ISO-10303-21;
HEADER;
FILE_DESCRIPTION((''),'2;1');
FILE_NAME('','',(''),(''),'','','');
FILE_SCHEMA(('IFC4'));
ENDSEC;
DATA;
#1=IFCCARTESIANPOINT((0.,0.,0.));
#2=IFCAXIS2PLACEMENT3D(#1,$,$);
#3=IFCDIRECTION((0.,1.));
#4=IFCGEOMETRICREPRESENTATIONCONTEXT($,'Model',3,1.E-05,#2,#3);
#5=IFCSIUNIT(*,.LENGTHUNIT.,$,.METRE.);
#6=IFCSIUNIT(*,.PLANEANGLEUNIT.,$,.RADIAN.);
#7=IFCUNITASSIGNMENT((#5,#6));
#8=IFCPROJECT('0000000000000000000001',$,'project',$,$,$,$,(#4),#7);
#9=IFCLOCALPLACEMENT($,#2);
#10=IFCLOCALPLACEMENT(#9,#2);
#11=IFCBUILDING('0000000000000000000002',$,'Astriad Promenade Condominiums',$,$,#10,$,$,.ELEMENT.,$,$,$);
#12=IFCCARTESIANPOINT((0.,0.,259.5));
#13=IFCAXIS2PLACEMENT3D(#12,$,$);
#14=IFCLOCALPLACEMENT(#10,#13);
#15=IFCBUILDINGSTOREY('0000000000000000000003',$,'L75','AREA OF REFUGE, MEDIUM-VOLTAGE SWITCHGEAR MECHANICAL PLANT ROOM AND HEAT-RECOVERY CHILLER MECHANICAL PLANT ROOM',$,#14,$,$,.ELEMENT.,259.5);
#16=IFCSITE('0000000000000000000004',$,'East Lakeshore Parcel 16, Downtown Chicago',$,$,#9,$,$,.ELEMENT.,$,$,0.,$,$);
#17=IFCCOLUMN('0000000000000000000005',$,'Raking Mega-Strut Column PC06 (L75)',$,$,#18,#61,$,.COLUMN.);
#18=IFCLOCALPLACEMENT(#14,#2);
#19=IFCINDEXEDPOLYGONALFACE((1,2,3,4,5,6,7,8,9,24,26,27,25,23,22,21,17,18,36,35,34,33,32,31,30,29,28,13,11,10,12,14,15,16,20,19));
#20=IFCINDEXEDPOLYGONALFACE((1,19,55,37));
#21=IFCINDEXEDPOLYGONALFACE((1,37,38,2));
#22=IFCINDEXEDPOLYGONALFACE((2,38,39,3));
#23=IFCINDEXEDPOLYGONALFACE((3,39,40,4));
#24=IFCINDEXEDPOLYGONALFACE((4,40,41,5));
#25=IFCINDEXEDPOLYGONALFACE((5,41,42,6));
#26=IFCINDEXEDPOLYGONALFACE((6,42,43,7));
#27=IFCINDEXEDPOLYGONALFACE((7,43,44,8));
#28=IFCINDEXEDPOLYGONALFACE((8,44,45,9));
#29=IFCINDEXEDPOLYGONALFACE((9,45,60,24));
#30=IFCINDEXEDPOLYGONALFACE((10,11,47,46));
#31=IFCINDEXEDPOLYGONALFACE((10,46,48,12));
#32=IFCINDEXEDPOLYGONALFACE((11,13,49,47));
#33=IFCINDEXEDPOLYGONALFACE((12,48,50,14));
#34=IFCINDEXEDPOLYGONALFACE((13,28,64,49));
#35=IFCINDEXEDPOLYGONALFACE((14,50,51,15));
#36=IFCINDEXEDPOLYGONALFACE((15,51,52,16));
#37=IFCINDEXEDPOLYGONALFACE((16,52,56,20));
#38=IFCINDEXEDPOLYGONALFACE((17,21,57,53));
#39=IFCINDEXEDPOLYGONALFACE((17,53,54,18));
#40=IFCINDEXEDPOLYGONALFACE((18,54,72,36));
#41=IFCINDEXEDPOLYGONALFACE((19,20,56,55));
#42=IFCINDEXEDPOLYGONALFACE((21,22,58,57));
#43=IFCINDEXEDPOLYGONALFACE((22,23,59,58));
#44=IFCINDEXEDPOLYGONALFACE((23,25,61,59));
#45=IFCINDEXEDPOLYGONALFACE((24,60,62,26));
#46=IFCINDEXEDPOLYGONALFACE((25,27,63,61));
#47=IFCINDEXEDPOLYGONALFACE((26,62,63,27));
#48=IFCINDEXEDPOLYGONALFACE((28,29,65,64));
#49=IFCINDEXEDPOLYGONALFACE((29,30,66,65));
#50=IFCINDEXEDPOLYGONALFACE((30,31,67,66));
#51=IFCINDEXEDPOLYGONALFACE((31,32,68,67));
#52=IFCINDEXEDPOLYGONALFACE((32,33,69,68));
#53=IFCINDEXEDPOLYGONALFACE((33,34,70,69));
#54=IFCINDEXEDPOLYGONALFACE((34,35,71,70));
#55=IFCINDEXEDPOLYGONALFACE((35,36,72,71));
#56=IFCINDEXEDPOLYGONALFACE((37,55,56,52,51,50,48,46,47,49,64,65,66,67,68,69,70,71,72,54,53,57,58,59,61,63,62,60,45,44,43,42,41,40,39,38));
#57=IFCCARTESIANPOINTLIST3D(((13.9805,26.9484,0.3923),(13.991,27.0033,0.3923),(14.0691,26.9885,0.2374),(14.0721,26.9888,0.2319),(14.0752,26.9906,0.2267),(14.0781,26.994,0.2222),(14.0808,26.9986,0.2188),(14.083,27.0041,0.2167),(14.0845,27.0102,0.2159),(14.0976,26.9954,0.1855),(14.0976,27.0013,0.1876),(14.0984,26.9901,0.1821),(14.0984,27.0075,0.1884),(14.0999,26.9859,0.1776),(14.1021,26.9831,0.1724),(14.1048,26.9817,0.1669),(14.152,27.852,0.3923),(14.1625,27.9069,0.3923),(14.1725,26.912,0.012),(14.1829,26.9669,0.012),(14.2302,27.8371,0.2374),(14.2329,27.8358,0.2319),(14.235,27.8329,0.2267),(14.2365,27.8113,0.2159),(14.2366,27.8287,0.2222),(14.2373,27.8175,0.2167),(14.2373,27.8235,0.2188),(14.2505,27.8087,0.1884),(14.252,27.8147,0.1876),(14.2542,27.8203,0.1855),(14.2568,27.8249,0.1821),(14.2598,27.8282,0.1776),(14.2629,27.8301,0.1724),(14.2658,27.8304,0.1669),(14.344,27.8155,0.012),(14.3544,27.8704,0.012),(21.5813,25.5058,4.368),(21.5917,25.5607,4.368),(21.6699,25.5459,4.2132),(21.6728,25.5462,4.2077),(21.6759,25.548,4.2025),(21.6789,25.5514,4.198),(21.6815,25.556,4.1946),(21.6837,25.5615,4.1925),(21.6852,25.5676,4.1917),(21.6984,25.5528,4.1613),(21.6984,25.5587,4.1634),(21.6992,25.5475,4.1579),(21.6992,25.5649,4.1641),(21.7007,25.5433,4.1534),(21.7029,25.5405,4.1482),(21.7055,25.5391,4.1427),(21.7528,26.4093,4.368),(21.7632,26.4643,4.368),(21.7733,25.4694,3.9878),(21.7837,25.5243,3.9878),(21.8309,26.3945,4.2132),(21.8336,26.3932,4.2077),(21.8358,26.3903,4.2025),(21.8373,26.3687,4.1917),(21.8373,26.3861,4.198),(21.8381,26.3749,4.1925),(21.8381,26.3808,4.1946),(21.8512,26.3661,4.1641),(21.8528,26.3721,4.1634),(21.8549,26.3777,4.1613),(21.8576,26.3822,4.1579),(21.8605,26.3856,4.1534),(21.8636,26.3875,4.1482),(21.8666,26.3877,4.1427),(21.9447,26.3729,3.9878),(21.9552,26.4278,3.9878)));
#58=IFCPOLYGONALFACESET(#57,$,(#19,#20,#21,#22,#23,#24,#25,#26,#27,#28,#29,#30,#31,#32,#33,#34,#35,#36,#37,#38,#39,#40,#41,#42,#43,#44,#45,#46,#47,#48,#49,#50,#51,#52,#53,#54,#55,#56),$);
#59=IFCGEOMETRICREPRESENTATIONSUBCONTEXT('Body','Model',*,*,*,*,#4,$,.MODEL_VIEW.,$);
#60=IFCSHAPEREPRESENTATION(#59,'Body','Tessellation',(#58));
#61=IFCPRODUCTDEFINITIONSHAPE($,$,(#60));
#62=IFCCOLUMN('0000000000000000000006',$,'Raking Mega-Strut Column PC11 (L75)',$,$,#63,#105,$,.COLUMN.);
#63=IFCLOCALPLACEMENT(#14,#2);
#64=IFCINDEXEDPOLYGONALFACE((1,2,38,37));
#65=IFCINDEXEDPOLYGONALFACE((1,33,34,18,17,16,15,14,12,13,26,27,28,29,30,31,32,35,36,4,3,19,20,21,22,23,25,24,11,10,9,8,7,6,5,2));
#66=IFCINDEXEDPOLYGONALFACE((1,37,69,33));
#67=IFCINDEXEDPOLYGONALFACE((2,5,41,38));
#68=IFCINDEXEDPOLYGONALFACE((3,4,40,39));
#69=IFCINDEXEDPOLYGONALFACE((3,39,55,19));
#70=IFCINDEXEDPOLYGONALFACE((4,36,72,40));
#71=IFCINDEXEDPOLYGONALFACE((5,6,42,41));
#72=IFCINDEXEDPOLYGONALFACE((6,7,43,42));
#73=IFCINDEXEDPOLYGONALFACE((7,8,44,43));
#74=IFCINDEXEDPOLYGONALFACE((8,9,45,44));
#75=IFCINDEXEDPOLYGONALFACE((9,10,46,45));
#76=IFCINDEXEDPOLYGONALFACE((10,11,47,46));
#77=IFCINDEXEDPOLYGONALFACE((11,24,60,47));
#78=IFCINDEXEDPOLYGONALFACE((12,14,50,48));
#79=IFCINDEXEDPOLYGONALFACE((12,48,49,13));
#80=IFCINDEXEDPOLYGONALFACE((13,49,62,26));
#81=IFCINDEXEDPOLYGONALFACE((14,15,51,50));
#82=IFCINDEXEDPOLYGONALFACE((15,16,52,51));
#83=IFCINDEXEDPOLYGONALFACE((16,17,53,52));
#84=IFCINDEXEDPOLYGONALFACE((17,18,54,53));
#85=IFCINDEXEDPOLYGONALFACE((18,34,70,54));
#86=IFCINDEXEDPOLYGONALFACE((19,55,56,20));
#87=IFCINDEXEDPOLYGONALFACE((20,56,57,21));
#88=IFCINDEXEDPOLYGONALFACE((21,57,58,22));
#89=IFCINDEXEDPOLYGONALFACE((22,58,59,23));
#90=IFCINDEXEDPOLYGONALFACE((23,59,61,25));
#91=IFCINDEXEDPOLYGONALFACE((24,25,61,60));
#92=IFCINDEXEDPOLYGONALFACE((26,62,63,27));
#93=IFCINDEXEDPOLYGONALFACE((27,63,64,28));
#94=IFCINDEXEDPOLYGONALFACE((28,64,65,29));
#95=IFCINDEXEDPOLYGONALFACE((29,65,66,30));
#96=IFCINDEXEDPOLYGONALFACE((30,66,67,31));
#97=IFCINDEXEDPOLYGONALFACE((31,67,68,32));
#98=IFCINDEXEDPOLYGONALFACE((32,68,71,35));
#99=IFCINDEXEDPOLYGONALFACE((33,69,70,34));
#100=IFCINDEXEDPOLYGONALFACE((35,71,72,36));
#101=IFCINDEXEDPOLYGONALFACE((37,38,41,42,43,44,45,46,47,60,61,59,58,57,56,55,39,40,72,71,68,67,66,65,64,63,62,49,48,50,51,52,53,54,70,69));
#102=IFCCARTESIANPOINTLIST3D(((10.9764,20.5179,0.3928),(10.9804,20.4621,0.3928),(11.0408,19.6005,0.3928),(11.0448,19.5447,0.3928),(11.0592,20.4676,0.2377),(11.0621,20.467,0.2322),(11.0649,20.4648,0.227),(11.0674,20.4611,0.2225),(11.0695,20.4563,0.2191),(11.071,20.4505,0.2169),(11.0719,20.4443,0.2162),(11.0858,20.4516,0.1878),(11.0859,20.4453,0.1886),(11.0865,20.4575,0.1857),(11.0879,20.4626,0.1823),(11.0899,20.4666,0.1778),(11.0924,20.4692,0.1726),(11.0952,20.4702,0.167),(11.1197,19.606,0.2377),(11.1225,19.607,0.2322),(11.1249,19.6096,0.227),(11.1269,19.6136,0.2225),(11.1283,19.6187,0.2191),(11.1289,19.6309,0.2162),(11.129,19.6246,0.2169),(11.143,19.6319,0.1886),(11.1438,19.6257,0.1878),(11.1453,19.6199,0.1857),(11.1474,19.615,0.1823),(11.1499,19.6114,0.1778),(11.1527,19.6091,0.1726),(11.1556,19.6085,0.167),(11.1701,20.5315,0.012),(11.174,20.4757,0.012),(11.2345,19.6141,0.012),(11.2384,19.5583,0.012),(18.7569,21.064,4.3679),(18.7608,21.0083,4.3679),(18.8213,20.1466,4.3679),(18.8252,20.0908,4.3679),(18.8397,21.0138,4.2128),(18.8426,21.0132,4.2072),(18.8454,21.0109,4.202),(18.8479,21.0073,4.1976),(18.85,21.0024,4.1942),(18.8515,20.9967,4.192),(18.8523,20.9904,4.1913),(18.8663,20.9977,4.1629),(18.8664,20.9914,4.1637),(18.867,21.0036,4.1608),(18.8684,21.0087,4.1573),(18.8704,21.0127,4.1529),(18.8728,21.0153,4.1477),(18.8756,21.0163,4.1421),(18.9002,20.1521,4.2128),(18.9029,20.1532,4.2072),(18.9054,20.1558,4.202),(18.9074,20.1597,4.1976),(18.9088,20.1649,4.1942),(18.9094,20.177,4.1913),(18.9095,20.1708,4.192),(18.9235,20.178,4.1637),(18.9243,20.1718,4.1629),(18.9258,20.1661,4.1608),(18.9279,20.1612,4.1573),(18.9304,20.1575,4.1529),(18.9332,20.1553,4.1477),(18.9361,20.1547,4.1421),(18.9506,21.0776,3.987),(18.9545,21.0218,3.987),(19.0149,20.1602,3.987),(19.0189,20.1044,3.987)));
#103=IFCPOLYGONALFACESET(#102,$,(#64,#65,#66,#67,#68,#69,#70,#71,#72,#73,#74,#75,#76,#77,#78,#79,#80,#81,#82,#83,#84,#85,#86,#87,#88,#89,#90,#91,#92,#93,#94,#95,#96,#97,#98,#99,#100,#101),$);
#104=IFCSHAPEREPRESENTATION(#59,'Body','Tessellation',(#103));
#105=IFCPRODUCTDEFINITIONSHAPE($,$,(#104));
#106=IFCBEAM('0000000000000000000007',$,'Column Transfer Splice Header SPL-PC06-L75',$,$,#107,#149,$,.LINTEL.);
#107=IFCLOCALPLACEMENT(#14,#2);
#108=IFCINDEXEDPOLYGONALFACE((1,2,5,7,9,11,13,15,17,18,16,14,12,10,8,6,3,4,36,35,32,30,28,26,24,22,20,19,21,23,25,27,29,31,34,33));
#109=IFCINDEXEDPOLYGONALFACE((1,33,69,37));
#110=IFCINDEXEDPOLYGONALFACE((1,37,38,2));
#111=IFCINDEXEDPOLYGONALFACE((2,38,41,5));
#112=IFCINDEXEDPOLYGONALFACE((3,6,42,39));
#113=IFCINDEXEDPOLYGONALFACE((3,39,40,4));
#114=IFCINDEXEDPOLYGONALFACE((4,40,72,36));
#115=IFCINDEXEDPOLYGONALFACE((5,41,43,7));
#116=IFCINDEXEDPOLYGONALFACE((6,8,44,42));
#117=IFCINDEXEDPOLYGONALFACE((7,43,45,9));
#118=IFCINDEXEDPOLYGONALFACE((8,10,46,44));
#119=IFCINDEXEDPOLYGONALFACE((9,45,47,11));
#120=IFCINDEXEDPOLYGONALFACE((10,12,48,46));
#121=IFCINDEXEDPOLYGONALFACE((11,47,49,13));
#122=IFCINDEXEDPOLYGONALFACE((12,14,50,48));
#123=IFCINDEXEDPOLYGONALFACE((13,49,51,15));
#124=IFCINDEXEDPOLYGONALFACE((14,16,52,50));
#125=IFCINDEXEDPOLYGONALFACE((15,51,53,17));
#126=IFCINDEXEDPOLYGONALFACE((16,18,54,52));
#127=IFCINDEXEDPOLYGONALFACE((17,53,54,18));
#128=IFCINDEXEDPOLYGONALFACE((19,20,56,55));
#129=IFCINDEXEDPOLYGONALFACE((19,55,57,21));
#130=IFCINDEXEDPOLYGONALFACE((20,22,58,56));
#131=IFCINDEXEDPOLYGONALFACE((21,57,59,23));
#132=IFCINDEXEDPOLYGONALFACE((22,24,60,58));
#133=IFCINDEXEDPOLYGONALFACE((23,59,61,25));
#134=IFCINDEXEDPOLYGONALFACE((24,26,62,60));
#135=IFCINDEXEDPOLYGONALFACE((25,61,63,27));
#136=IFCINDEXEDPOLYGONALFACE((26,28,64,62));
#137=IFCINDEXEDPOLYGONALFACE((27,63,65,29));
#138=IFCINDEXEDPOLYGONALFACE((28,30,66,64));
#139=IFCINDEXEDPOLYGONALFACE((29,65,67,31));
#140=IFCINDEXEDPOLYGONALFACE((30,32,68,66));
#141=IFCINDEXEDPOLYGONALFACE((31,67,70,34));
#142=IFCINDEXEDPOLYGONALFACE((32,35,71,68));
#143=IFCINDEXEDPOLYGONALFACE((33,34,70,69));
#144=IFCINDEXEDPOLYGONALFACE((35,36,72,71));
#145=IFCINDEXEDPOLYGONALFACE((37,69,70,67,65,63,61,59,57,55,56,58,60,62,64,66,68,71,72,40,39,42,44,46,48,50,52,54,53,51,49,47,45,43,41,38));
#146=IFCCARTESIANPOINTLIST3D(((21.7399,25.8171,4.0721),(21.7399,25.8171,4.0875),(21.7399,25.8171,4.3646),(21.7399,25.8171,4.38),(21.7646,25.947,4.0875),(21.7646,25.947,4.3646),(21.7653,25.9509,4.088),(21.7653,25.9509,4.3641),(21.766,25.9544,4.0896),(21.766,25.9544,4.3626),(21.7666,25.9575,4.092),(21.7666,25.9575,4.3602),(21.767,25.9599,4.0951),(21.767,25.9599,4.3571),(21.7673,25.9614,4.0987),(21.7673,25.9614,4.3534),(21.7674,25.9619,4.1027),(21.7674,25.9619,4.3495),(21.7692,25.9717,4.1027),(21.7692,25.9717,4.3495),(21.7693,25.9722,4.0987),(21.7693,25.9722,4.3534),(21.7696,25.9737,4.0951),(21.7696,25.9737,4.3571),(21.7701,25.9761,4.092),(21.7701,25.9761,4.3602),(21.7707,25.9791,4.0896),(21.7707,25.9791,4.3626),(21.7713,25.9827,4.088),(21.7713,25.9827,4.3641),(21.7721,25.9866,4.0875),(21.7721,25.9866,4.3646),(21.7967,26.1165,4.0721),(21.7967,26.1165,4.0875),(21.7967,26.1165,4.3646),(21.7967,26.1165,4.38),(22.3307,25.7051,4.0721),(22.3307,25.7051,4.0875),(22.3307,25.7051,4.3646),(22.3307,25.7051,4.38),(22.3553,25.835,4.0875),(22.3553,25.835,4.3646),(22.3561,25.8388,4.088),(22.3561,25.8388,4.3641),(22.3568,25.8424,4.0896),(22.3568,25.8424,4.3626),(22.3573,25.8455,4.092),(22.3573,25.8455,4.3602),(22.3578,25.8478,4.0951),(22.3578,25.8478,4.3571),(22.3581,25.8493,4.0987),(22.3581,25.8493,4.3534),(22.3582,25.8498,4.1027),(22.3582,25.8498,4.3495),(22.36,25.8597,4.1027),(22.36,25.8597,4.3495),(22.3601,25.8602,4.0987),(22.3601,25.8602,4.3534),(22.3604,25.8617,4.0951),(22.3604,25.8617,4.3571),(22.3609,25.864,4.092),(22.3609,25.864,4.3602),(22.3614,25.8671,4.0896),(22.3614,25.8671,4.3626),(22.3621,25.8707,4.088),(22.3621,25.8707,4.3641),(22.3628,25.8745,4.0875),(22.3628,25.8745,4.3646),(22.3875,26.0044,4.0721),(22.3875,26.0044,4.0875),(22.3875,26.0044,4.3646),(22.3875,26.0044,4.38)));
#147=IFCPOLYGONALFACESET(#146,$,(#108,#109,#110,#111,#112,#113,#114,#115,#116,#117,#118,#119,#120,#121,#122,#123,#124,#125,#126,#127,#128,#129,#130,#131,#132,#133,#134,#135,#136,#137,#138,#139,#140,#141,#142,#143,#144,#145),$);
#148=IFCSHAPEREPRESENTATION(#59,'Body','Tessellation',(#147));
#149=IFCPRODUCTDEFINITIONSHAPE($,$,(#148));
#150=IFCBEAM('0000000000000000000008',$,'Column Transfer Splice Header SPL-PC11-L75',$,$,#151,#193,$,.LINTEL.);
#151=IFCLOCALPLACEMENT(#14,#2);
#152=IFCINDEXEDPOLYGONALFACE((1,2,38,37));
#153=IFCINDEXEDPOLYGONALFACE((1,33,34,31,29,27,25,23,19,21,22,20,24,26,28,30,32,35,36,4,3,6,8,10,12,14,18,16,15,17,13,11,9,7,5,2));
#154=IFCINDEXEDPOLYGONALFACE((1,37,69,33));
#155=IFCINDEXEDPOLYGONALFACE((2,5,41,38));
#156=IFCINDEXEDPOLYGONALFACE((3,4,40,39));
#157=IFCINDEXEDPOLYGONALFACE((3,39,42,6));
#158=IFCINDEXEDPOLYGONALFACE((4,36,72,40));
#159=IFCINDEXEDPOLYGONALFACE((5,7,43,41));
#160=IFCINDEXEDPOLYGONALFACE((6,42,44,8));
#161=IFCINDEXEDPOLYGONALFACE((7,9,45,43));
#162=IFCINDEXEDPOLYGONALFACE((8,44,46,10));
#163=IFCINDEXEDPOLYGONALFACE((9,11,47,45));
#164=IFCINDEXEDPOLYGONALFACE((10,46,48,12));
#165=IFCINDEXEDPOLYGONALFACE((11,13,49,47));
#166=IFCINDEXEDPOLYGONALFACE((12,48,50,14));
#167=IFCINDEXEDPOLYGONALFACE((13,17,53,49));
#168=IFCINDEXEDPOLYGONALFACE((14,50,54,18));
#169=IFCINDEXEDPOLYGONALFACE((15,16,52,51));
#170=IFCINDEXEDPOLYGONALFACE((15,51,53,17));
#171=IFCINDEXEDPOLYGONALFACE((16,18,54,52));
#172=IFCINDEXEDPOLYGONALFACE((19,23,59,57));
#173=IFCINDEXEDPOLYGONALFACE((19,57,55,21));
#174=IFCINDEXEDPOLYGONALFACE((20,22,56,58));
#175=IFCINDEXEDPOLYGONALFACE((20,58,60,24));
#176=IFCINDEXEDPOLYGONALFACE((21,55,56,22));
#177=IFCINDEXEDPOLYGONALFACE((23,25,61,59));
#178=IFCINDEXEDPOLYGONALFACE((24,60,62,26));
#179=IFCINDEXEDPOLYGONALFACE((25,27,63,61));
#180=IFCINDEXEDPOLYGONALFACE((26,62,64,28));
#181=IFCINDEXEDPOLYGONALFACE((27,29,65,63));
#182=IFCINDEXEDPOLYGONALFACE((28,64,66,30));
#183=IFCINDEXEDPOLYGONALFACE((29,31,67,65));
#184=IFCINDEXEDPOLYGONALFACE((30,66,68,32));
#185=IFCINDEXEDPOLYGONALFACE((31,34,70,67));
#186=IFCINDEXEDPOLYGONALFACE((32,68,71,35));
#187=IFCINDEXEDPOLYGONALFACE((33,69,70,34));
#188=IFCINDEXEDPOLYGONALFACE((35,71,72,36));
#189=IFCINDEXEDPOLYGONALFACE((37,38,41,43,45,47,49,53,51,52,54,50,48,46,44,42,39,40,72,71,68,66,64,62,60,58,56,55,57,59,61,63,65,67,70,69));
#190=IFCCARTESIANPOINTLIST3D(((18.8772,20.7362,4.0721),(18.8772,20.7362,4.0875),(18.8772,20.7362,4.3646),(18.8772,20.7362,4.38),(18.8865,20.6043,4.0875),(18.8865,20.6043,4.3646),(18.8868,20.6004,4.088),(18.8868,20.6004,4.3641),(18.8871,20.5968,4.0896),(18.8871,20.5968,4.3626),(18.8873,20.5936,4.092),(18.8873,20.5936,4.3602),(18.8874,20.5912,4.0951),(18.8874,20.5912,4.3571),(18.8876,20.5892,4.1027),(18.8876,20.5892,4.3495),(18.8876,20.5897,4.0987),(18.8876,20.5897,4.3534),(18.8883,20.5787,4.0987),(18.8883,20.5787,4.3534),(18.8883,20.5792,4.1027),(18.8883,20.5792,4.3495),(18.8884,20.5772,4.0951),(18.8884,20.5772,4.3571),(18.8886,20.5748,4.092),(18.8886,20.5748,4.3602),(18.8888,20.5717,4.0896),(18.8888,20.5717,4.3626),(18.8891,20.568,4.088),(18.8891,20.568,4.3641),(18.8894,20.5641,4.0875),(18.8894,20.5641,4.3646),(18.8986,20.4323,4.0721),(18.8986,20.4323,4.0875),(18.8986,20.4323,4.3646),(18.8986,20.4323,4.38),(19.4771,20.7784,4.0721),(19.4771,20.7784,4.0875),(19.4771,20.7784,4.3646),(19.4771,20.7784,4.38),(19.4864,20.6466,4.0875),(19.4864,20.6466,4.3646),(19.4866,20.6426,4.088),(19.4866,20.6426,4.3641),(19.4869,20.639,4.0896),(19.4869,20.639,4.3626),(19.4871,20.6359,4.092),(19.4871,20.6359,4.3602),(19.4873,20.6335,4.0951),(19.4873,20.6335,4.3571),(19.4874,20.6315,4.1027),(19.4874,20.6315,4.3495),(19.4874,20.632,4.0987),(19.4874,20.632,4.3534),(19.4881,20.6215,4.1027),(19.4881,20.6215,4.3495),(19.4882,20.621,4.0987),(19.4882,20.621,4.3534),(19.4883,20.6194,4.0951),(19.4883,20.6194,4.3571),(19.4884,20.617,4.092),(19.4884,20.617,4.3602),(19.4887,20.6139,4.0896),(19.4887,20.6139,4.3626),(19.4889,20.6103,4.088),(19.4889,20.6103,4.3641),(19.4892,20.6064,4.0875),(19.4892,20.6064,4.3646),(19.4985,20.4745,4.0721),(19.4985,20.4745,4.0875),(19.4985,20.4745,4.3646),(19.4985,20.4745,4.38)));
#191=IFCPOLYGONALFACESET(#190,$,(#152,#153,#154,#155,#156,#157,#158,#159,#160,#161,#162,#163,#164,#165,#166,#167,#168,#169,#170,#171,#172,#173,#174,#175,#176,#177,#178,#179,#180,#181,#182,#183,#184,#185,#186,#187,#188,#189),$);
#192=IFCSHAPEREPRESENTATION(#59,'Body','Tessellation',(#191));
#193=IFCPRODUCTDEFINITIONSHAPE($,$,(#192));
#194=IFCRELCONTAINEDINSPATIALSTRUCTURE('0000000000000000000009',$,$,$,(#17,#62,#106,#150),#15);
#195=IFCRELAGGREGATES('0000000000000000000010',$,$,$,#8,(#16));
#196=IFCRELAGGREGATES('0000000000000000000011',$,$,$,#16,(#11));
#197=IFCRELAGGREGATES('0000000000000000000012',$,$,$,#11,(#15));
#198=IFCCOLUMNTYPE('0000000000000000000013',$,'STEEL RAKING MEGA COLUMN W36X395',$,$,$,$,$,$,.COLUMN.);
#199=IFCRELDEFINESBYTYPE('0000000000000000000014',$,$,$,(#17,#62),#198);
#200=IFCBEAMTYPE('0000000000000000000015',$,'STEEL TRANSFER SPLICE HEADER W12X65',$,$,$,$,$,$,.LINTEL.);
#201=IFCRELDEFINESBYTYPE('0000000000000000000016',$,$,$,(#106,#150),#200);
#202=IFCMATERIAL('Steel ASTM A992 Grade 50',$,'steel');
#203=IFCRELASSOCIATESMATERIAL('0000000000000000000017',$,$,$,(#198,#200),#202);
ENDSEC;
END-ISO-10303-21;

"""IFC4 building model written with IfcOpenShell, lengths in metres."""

from ifc_helpers import new_model, si_unit, direction, frame, origin, origin_2d, place, context, subcontext, project, spatial, i_section, extrude, source, transform, mapped, material, material_profile, profile_set, type_object, type_shapes, element, save


model = new_model("IFC4")

# Units and contexts
model_context = context("Model", 3, precision=1e-05, world=origin(), true_north=direction((0.0, 1.0)))
body_context = subcontext(model_context, "Body", "Model", "MODEL_VIEW")
ifc_project = project(units=[si_unit("LENGTHUNIT", "METRE"), si_unit("PLANEANGLEUNIT", "RADIAN")], contexts=[model_context])

# Site, building, storey
site_placement = place(None, origin())
site = spatial("IfcSite", under=ifc_project, at=site_placement, Name="East Lakeshore Parcel 16, Downtown Chicago", CompositionType="ELEMENT", RefElevation=0.0)
building_placement = place(site_placement, origin())
building = spatial("IfcBuilding", under=site, at=building_placement, Name="Astriad Promenade Condominiums", CompositionType="ELEMENT")
storey_placement = place(building_placement, frame((0.0, 0.0, 259.5)))
storey = spatial("IfcBuildingStorey", under=building, at=storey_placement, Name="L75", Description="AREA OF REFUGE, MEDIUM-VOLTAGE SWITCHGEAR MECHANICAL PLANT ROOM AND HEAT-RECOVERY CHILLER MECHANICAL PLANT ROOM", CompositionType="ELEMENT", Elevation=259.5)

# Columns
ifc_material_1 = material(Name="Steel ASTM A992 Grade 50", Category="steel")
ifc_material_profile_1 = material_profile(ifc_material_1, i_section(OverallWidth=0.4275, OverallDepth=0.9756, WebThickness=0.031, FlangeThickness=0.0559, FilletRadius=0.0242, at=origin_2d()), Name="W36X395")
ifc_profile_set_1 = profile_set([ifc_material_profile_1], Name="Steel ASTM A992 Grade 50")
column_type = type_object("IfcColumnType", Name="STEEL RAKING MEGA COLUMN W36X395", PredefinedType="COLUMN", material=ifc_profile_set_1)
shared_shape_1 = source(origin(), body_context, "Body", "SweptSolid", [
    extrude(i_section(OverallWidth=0.4275, OverallDepth=0.9756, WebThickness=0.031, FlangeThickness=0.0559, FilletRadius=0.0242, at=origin_2d()), origin(), (0.0, 0.0, 1.0), 8.6982),
])
column_1_placement = place(storey_placement, frame((14.1675, 27.4094, 0.2021), z_axis=(0.873826, -0.165851, 0.457079), x_axis=(-0.449063, 0.085231, 0.889426)))
element("IfcColumn", 1, at=column_1_placement, inside=storey, type_object=column_type, Name="Raking Mega-Strut Column PC06 (L75)", PredefinedType="COLUMN", context=body_context, shape_type="MappedRepresentation", body=[
    mapped(shared_shape_1, transform((0.0, 0.0, 0.0), scale=1.0)),
])
shared_shape_2 = source(origin(), body_context, "Body", "SweptSolid", [
    extrude(i_section(OverallWidth=0.4275, OverallDepth=0.9756, WebThickness=0.031, FlangeThickness=0.0559, FilletRadius=0.0242, at=origin_2d()), origin(), (0.0, 0.0, 1.0), 8.7542),
])
type_shapes(column_type, [shared_shape_1, shared_shape_2])
column_2_placement = place(storey_placement, frame((11.1074, 20.0381, 0.2024), z_axis=(0.888775, 0.062386, 0.454079), x_axis=(-0.452964, -0.031795, 0.890962)))
element("IfcColumn", 2, at=column_2_placement, inside=storey, type_object=column_type, Name="Raking Mega-Strut Column PC11 (L75)", PredefinedType="COLUMN", context=body_context, shape_type="MappedRepresentation", body=[
    mapped(shared_shape_2, transform((0.0, 0.0, 0.0), scale=1.0)),
])

# Beams
ifc_material_profile_2 = material_profile(ifc_material_1, i_section(OverallWidth=0.3047, OverallDepth=0.3079, WebThickness=0.01, FlangeThickness=0.0154, FilletRadius=0.0151, at=origin_2d()), Name="W12X65")
ifc_profile_set_2 = profile_set([ifc_material_profile_2], Name="Steel ASTM A992 Grade 50")
beam_type_1 = type_object("IfcBeamType", Name="STEEL TRANSFER SPLICE HEADER W12X65", PredefinedType="LINTEL", material=ifc_profile_set_2)
shared_shape_3 = source(origin(), body_context, "Body", "SweptSolid", [
    extrude(i_section(OverallWidth=0.3047, OverallDepth=0.3079, WebThickness=0.01, FlangeThickness=0.0154, FilletRadius=0.0151, at=origin_2d()), origin(), (0.0, 0.0, 1.0), 0.6013),
])
type_shapes(beam_type_1, [shared_shape_3])
for number, where, z_axis, x_axis, name in (
    (3, (21.7683, 25.9668, 4.2261), (0.982484, -0.186347, 0.0), (0.186347, 0.982484, 0.0), "Column Transfer Splice Header SPL-PC06-L75"),
    (4, (18.8879, 20.5842, 4.2261), (0.99753, 0.070237, 0.0), (-0.070237, 0.99753, 0.0), "Column Transfer Splice Header SPL-PC11-L75"),
):
    element("IfcBeam", number, at=place(storey_placement, frame(where, z_axis=z_axis, x_axis=x_axis)), inside=storey, type_object=beam_type_1, Name=name, PredefinedType="LINTEL", context=body_context, shape_type="MappedRepresentation", body=[
        mapped(shared_shape_3, transform((0.0, 0.0, 0.0), scale=1.0)),
    ])

save(model, "model.ifc")
